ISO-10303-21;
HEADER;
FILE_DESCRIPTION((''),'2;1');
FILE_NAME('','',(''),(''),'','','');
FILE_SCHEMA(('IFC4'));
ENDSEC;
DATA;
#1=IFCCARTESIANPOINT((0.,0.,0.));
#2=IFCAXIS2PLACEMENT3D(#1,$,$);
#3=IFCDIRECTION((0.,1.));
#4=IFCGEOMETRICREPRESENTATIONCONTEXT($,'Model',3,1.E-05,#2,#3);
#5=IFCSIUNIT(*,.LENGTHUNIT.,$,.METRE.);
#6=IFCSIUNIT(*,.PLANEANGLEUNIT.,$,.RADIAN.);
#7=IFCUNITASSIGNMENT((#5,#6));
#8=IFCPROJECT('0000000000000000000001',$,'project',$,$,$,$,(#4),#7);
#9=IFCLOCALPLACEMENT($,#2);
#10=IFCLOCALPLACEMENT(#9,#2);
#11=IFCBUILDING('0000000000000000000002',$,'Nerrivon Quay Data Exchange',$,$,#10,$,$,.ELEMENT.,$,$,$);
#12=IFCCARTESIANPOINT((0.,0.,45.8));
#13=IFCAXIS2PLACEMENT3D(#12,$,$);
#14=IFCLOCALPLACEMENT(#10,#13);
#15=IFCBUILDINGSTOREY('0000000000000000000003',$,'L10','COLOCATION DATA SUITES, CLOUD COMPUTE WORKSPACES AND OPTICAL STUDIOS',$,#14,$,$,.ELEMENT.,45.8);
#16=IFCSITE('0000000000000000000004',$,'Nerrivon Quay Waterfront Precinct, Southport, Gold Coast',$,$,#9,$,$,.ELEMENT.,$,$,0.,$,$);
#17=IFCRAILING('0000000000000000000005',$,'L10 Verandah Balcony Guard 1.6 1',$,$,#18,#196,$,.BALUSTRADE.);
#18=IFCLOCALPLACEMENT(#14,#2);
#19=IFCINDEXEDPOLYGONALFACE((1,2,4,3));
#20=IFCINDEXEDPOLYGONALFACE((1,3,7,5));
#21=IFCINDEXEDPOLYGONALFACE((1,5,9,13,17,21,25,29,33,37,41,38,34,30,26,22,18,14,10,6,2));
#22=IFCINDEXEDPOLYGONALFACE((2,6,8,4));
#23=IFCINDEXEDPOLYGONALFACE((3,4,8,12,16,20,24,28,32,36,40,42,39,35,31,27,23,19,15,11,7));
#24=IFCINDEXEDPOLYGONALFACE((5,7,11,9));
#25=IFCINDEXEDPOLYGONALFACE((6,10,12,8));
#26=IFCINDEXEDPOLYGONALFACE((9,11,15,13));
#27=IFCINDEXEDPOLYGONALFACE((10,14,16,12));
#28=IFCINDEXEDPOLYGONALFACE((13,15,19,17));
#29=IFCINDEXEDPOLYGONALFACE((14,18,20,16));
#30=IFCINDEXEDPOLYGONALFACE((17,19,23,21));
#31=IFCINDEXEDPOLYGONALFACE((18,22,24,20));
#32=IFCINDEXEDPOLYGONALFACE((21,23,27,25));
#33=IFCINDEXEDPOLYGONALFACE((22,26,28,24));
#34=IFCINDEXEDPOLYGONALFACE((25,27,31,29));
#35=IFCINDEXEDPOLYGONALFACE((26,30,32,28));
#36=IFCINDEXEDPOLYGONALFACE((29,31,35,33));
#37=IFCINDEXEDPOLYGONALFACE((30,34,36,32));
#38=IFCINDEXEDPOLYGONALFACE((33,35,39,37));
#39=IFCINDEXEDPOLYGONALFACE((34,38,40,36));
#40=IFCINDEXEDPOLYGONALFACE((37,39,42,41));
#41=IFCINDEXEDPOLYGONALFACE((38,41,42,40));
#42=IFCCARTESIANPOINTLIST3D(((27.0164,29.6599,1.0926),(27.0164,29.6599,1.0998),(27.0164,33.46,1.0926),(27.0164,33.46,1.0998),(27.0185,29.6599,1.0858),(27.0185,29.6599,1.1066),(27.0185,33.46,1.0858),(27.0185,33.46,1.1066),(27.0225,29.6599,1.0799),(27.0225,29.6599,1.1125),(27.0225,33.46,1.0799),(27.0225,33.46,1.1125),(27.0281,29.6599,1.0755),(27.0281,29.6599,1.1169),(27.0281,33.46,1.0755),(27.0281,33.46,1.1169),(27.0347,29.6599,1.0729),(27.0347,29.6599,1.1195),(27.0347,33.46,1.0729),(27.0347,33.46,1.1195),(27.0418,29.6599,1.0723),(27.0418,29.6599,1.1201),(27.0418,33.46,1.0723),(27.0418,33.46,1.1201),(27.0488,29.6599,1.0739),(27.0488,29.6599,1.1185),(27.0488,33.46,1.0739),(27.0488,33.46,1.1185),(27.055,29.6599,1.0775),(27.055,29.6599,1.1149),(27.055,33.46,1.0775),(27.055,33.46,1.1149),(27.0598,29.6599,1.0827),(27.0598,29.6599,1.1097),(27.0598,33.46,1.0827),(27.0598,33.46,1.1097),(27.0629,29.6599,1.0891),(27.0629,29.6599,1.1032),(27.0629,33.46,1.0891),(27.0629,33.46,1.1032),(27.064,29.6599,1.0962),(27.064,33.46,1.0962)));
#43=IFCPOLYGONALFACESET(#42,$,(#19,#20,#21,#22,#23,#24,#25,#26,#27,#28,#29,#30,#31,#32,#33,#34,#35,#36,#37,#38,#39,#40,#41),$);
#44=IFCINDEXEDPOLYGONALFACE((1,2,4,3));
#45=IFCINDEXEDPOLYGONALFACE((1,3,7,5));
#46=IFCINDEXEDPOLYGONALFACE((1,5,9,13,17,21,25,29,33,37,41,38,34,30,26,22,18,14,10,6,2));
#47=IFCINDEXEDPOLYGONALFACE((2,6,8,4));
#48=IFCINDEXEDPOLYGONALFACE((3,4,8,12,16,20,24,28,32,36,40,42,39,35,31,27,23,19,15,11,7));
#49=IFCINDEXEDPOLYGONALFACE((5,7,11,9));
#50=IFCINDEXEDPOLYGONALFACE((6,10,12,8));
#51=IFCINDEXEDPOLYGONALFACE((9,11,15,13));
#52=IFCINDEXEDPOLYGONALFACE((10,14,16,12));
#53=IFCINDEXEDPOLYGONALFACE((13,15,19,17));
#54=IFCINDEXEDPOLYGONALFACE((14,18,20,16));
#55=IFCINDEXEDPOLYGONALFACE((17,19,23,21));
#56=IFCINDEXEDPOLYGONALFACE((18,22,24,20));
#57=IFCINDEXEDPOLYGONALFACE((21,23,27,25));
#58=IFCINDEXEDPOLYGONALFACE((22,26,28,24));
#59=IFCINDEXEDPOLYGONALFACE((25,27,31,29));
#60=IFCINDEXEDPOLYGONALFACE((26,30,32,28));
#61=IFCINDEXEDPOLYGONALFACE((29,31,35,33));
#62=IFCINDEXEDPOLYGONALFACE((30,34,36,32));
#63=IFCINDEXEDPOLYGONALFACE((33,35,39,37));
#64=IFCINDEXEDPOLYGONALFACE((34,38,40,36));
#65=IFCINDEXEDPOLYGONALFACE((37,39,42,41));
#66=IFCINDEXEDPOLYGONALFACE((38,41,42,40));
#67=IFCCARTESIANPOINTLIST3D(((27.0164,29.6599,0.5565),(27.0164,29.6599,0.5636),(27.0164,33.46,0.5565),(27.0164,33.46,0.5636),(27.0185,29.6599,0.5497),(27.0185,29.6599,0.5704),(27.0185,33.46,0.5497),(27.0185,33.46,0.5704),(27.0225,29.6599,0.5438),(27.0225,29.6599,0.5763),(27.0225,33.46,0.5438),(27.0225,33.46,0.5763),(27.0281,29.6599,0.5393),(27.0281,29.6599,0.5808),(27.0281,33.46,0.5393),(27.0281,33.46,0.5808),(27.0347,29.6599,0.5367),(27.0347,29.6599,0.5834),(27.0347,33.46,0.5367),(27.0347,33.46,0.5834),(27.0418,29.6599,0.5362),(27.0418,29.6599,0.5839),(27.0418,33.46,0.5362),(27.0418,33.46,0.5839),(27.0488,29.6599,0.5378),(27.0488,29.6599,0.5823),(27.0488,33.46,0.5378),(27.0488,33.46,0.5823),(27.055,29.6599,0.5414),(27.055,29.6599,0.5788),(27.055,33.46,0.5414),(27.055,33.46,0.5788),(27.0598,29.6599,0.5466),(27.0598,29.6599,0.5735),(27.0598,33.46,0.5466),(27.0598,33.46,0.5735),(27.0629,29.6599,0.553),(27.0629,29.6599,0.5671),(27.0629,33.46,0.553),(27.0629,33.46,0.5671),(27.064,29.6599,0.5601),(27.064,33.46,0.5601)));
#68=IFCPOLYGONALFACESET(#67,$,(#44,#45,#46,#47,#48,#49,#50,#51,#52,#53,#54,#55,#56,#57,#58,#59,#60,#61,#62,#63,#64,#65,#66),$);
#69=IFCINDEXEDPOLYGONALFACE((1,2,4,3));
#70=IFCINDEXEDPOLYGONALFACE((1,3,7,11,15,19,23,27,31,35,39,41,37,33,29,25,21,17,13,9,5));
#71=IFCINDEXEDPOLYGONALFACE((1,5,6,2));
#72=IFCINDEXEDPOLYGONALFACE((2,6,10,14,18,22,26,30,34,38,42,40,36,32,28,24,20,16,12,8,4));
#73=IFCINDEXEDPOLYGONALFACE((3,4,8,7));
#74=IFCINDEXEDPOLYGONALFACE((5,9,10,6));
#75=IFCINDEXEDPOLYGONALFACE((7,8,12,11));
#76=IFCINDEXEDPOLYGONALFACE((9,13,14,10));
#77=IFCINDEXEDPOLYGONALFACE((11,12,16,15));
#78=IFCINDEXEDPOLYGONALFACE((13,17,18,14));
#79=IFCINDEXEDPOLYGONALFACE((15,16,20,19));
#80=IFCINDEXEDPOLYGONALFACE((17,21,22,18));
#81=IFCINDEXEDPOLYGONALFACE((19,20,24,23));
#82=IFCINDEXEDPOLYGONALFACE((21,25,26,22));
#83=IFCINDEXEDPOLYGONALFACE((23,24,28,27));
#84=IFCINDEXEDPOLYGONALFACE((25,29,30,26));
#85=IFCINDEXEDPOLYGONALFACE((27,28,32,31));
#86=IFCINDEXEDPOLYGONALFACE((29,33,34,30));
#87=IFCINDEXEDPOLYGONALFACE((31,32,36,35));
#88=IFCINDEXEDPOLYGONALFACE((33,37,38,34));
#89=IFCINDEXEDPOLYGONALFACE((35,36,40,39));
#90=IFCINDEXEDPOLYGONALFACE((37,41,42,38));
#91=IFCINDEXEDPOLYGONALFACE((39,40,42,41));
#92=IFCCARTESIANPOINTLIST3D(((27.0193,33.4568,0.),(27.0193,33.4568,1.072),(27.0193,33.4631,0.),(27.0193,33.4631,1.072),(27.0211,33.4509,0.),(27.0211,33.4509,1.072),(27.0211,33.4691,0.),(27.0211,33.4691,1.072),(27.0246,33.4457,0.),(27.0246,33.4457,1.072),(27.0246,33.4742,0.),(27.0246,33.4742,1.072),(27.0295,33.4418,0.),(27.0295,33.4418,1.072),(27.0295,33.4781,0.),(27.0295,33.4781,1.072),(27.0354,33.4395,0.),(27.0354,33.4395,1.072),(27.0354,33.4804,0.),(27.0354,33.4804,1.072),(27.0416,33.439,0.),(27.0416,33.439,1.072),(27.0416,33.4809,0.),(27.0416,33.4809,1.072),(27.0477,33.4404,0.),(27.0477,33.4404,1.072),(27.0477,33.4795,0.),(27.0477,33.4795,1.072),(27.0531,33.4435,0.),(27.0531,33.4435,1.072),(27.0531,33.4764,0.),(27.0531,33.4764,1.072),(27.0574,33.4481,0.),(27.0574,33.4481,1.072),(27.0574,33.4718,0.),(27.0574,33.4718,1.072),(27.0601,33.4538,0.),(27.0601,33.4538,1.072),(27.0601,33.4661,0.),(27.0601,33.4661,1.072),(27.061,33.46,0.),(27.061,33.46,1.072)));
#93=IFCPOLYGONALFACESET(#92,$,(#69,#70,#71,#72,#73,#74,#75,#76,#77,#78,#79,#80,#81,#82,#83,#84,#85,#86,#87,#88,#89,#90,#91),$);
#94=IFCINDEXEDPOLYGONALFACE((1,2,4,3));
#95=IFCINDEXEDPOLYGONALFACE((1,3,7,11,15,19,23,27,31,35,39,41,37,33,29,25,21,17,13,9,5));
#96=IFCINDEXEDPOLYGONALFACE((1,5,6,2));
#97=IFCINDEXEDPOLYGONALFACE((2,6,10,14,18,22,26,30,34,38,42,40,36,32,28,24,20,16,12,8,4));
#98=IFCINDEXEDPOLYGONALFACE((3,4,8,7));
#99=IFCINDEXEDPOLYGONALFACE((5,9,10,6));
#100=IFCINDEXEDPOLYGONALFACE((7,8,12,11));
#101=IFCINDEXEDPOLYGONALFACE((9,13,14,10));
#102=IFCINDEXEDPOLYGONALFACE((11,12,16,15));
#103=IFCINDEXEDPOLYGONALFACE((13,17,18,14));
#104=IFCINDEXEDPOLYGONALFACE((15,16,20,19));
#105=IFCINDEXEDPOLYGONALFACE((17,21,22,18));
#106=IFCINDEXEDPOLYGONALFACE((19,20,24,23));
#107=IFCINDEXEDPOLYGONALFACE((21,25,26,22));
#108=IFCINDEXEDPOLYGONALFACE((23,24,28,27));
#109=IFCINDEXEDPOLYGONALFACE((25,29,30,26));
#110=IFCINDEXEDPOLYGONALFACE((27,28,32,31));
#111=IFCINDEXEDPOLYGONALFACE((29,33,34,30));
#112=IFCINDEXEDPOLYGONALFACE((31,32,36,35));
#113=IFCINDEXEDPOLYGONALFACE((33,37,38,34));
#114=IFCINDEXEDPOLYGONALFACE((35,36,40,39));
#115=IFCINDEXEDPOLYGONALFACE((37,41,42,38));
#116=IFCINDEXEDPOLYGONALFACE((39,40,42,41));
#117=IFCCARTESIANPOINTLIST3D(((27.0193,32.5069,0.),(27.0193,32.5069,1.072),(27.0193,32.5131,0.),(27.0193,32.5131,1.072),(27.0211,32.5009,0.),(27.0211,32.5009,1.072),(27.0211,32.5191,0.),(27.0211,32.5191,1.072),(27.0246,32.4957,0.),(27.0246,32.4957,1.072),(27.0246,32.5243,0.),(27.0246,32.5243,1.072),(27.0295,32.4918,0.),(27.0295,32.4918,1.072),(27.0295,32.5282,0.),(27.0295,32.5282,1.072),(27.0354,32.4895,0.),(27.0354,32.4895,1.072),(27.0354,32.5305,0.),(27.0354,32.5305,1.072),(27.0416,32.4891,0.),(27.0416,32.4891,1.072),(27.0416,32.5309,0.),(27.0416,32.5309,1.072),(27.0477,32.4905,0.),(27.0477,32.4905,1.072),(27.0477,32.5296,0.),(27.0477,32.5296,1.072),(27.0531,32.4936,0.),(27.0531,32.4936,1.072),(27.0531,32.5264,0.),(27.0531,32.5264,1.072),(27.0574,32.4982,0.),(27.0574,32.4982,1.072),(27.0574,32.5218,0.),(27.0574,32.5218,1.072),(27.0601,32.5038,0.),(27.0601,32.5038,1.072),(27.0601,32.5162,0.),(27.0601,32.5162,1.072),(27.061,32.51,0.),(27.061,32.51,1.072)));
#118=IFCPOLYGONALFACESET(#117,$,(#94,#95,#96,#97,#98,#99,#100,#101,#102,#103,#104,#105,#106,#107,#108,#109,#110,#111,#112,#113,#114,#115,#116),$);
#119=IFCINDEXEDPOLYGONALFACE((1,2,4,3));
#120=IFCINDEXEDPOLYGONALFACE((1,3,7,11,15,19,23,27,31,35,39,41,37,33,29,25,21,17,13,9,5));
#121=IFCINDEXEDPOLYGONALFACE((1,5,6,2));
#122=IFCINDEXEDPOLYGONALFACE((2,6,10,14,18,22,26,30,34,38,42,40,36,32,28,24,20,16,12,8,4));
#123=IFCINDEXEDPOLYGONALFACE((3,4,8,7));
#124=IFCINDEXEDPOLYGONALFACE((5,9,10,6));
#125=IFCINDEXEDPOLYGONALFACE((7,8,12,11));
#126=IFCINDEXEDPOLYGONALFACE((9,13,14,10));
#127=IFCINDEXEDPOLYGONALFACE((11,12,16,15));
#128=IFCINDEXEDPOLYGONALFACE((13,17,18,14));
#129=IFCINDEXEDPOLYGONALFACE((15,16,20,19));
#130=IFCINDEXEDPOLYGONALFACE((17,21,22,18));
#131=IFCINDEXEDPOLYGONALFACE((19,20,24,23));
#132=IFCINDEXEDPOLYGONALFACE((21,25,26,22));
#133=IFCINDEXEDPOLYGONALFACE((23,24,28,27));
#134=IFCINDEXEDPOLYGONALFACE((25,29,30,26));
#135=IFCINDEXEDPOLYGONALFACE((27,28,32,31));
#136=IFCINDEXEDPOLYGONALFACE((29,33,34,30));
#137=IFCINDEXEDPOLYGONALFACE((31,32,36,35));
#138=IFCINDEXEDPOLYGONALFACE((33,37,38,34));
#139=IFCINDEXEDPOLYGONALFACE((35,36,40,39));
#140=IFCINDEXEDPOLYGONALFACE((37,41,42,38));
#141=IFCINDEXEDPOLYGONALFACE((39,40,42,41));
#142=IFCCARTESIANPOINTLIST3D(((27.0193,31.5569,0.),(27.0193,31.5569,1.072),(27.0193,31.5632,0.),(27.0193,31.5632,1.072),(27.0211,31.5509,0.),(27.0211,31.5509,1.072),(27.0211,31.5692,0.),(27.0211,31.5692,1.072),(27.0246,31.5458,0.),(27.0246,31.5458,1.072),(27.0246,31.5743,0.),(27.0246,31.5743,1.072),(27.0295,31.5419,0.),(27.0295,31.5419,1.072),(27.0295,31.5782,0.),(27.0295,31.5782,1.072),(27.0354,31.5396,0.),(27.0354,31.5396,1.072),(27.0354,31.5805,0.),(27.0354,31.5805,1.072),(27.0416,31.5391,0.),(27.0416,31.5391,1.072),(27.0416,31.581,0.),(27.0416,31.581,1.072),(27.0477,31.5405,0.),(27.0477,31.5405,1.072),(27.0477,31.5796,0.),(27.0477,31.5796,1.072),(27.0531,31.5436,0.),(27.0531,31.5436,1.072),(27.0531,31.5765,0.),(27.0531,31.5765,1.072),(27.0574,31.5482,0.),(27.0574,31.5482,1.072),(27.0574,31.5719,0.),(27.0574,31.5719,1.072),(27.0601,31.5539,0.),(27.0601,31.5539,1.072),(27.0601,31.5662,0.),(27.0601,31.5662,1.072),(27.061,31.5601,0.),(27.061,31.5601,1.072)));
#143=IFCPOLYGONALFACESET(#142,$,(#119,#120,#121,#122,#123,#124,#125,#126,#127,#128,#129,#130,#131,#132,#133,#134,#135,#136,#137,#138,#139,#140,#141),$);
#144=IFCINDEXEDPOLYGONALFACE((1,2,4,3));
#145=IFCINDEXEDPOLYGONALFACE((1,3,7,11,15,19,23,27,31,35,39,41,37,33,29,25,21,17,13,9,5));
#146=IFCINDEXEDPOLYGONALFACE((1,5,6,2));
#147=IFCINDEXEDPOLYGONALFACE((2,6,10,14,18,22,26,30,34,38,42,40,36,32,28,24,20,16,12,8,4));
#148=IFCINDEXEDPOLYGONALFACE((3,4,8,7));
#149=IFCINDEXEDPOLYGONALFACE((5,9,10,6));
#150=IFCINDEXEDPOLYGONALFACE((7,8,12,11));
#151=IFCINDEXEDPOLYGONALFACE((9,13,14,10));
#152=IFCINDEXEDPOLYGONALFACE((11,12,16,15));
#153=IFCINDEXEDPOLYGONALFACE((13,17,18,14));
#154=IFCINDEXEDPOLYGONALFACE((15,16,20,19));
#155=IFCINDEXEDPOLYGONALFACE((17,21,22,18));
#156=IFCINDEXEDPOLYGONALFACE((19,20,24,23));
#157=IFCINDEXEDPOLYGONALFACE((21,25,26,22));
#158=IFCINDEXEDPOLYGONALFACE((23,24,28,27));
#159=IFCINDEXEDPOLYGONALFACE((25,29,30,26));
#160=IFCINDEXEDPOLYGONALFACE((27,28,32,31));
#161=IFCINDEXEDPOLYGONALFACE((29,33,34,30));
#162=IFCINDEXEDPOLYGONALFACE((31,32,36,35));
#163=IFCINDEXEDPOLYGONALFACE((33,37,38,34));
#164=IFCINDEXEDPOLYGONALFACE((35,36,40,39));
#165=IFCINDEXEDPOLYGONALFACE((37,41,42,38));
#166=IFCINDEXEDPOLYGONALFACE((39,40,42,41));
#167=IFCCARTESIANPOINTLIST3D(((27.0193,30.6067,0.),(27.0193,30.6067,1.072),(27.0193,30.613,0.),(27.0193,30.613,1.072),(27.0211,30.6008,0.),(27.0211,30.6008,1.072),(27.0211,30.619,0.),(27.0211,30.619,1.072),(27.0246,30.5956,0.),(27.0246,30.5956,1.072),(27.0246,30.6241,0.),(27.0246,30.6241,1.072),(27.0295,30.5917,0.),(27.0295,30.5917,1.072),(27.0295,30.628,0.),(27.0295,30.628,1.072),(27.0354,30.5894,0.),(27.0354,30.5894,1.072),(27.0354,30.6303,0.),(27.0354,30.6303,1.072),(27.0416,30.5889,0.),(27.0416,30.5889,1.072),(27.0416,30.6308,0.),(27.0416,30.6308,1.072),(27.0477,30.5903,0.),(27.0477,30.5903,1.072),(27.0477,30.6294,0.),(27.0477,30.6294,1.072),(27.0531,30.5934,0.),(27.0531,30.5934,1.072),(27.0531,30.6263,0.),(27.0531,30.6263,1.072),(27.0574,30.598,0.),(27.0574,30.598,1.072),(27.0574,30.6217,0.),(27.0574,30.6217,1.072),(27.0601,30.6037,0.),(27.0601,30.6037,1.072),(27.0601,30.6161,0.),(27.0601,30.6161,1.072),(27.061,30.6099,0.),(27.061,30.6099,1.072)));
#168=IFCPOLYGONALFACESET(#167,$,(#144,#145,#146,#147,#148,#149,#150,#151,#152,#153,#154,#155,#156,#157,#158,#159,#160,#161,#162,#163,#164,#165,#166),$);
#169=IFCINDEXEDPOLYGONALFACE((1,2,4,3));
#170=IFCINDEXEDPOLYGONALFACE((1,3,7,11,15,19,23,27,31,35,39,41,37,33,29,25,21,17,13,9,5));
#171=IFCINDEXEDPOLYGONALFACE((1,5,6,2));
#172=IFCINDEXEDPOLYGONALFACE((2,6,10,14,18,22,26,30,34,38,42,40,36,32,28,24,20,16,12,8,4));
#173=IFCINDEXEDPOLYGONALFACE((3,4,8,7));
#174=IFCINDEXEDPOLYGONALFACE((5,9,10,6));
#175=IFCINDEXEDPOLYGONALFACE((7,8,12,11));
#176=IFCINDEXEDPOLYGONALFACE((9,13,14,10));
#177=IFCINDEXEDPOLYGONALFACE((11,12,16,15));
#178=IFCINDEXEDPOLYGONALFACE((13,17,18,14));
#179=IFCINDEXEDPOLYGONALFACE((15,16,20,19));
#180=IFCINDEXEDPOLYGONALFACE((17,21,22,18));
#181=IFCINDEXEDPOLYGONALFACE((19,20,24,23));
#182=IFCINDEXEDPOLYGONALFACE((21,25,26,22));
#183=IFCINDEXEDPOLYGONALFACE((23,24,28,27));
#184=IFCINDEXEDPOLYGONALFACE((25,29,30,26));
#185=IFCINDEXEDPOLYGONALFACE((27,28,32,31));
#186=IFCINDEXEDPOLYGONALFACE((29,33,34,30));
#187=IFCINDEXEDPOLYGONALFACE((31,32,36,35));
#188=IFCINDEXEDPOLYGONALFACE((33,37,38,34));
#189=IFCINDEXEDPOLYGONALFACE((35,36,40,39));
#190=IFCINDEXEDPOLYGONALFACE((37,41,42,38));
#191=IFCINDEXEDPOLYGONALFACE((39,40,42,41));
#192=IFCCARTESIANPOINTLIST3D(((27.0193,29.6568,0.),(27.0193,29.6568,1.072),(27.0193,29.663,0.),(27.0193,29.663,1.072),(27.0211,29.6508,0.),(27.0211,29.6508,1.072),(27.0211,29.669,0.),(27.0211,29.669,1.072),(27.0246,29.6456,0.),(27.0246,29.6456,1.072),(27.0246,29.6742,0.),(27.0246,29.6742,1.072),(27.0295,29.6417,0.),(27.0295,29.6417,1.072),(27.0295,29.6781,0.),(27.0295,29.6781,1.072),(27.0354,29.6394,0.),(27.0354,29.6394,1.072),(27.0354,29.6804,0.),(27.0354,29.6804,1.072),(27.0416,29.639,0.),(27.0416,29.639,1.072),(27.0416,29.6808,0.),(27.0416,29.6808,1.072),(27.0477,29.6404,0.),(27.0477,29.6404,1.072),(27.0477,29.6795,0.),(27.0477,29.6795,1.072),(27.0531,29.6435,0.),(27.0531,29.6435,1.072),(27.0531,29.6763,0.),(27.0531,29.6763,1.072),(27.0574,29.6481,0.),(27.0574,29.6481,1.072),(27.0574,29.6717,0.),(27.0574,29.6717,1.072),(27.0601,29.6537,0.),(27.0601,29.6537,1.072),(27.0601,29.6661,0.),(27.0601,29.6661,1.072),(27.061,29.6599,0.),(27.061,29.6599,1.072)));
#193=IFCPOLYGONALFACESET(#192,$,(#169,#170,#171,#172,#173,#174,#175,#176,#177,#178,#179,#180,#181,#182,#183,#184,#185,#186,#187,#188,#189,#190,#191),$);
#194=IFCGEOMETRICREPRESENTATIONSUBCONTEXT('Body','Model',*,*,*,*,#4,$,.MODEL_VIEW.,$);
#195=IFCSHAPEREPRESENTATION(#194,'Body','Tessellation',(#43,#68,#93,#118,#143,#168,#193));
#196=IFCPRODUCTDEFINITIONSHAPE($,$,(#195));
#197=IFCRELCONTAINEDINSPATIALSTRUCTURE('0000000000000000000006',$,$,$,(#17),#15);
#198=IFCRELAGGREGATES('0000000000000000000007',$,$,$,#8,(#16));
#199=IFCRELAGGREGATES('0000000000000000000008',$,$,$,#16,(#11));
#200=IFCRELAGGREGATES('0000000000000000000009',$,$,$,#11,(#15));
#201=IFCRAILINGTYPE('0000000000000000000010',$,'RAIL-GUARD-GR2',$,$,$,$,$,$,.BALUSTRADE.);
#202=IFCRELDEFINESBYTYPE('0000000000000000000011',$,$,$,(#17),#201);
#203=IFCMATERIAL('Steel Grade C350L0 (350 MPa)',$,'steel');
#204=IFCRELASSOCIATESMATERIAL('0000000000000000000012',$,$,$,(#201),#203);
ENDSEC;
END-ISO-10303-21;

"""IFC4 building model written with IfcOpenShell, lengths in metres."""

from ifc_helpers import new_model, si_unit, direction, frame, origin, origin_2d, place, context, subcontext, project, spatial, circle, extrude, material, type_object, element, save


model = new_model("IFC4")

# Units and contexts
model_context = context("Model", 3, precision=1e-05, world=origin(), true_north=direction((0.0, 1.0)))
body_context = subcontext(model_context, "Body", "Model", "MODEL_VIEW")
ifc_project = project(units=[si_unit("LENGTHUNIT", "METRE"), si_unit("PLANEANGLEUNIT", "RADIAN")], contexts=[model_context])

# Site, building, storey
site_placement = place(None, origin())
site = spatial("IfcSite", under=ifc_project, at=site_placement, Name="Nerrivon Quay Waterfront Precinct, Southport, Gold Coast", CompositionType="ELEMENT", RefElevation=0.0)
building_placement = place(site_placement, origin())
building = spatial("IfcBuilding", under=site, at=building_placement, Name="Nerrivon Quay Data Exchange", CompositionType="ELEMENT")
storey_placement = place(building_placement, frame((0.0, 0.0, 45.8)))
storey = spatial("IfcBuildingStorey", under=building, at=storey_placement, Name="L10", Description="COLOCATION DATA SUITES, CLOUD COMPUTE WORKSPACES AND OPTICAL STUDIOS", CompositionType="ELEMENT", Elevation=45.8)

# Railing
ifc_material_1 = material(Name="Steel Grade C350L0 (350 MPa)", Category="steel")
railing_type = type_object("IfcRailingType", Name="RAIL-GUARD-GR2", PredefinedType="BALUSTRADE", material=ifc_material_1)
railing_1_placement = place(storey_placement, frame((27.04, 33.46, 0.0)))
element("IfcRailing", 1, at=railing_1_placement, inside=storey, type_object=railing_type, Name="L10 Verandah Balcony Guard 1.6 1", PredefinedType="BALUSTRADE", context=body_context, shape_type="SweptSolid", body=[
    extrude(circle(Radius=0.0239, at=origin_2d()), frame((0.0, 0.0, 1.0962), z_axis=(0.0, -1.0, 0.0), x_axis=(1.0, 0.0, 0.0)), (0.0, 0.0, 1.0), 3.8),
    extrude(circle(Radius=0.0239, at=origin_2d()), frame((0.0, 0.0, 0.5601), z_axis=(0.0, -1.0, 0.0), x_axis=(1.0, 0.0, 0.0)), (0.0, 0.0, 1.0), 3.8),
    extrude(circle(Radius=0.021, at=origin_2d()), origin(), (0.0, 0.0, 1.0), 1.072),
    extrude(circle(Radius=0.021, at=origin_2d()), frame((0.0, -0.95, 0.0)), (0.0, 0.0, 1.0), 1.072),
    extrude(circle(Radius=0.021, at=origin_2d()), frame((0.0, -1.8999, 0.0)), (0.0, 0.0, 1.0), 1.072),
    extrude(circle(Radius=0.021, at=origin_2d()), frame((0.0, -2.8501, 0.0)), (0.0, 0.0, 1.0), 1.072),
    extrude(circle(Radius=0.021, at=origin_2d()), frame((0.0, -3.8, 0.0)), (0.0, 0.0, 1.0), 1.072),
])

save(model, "model.ifc")
